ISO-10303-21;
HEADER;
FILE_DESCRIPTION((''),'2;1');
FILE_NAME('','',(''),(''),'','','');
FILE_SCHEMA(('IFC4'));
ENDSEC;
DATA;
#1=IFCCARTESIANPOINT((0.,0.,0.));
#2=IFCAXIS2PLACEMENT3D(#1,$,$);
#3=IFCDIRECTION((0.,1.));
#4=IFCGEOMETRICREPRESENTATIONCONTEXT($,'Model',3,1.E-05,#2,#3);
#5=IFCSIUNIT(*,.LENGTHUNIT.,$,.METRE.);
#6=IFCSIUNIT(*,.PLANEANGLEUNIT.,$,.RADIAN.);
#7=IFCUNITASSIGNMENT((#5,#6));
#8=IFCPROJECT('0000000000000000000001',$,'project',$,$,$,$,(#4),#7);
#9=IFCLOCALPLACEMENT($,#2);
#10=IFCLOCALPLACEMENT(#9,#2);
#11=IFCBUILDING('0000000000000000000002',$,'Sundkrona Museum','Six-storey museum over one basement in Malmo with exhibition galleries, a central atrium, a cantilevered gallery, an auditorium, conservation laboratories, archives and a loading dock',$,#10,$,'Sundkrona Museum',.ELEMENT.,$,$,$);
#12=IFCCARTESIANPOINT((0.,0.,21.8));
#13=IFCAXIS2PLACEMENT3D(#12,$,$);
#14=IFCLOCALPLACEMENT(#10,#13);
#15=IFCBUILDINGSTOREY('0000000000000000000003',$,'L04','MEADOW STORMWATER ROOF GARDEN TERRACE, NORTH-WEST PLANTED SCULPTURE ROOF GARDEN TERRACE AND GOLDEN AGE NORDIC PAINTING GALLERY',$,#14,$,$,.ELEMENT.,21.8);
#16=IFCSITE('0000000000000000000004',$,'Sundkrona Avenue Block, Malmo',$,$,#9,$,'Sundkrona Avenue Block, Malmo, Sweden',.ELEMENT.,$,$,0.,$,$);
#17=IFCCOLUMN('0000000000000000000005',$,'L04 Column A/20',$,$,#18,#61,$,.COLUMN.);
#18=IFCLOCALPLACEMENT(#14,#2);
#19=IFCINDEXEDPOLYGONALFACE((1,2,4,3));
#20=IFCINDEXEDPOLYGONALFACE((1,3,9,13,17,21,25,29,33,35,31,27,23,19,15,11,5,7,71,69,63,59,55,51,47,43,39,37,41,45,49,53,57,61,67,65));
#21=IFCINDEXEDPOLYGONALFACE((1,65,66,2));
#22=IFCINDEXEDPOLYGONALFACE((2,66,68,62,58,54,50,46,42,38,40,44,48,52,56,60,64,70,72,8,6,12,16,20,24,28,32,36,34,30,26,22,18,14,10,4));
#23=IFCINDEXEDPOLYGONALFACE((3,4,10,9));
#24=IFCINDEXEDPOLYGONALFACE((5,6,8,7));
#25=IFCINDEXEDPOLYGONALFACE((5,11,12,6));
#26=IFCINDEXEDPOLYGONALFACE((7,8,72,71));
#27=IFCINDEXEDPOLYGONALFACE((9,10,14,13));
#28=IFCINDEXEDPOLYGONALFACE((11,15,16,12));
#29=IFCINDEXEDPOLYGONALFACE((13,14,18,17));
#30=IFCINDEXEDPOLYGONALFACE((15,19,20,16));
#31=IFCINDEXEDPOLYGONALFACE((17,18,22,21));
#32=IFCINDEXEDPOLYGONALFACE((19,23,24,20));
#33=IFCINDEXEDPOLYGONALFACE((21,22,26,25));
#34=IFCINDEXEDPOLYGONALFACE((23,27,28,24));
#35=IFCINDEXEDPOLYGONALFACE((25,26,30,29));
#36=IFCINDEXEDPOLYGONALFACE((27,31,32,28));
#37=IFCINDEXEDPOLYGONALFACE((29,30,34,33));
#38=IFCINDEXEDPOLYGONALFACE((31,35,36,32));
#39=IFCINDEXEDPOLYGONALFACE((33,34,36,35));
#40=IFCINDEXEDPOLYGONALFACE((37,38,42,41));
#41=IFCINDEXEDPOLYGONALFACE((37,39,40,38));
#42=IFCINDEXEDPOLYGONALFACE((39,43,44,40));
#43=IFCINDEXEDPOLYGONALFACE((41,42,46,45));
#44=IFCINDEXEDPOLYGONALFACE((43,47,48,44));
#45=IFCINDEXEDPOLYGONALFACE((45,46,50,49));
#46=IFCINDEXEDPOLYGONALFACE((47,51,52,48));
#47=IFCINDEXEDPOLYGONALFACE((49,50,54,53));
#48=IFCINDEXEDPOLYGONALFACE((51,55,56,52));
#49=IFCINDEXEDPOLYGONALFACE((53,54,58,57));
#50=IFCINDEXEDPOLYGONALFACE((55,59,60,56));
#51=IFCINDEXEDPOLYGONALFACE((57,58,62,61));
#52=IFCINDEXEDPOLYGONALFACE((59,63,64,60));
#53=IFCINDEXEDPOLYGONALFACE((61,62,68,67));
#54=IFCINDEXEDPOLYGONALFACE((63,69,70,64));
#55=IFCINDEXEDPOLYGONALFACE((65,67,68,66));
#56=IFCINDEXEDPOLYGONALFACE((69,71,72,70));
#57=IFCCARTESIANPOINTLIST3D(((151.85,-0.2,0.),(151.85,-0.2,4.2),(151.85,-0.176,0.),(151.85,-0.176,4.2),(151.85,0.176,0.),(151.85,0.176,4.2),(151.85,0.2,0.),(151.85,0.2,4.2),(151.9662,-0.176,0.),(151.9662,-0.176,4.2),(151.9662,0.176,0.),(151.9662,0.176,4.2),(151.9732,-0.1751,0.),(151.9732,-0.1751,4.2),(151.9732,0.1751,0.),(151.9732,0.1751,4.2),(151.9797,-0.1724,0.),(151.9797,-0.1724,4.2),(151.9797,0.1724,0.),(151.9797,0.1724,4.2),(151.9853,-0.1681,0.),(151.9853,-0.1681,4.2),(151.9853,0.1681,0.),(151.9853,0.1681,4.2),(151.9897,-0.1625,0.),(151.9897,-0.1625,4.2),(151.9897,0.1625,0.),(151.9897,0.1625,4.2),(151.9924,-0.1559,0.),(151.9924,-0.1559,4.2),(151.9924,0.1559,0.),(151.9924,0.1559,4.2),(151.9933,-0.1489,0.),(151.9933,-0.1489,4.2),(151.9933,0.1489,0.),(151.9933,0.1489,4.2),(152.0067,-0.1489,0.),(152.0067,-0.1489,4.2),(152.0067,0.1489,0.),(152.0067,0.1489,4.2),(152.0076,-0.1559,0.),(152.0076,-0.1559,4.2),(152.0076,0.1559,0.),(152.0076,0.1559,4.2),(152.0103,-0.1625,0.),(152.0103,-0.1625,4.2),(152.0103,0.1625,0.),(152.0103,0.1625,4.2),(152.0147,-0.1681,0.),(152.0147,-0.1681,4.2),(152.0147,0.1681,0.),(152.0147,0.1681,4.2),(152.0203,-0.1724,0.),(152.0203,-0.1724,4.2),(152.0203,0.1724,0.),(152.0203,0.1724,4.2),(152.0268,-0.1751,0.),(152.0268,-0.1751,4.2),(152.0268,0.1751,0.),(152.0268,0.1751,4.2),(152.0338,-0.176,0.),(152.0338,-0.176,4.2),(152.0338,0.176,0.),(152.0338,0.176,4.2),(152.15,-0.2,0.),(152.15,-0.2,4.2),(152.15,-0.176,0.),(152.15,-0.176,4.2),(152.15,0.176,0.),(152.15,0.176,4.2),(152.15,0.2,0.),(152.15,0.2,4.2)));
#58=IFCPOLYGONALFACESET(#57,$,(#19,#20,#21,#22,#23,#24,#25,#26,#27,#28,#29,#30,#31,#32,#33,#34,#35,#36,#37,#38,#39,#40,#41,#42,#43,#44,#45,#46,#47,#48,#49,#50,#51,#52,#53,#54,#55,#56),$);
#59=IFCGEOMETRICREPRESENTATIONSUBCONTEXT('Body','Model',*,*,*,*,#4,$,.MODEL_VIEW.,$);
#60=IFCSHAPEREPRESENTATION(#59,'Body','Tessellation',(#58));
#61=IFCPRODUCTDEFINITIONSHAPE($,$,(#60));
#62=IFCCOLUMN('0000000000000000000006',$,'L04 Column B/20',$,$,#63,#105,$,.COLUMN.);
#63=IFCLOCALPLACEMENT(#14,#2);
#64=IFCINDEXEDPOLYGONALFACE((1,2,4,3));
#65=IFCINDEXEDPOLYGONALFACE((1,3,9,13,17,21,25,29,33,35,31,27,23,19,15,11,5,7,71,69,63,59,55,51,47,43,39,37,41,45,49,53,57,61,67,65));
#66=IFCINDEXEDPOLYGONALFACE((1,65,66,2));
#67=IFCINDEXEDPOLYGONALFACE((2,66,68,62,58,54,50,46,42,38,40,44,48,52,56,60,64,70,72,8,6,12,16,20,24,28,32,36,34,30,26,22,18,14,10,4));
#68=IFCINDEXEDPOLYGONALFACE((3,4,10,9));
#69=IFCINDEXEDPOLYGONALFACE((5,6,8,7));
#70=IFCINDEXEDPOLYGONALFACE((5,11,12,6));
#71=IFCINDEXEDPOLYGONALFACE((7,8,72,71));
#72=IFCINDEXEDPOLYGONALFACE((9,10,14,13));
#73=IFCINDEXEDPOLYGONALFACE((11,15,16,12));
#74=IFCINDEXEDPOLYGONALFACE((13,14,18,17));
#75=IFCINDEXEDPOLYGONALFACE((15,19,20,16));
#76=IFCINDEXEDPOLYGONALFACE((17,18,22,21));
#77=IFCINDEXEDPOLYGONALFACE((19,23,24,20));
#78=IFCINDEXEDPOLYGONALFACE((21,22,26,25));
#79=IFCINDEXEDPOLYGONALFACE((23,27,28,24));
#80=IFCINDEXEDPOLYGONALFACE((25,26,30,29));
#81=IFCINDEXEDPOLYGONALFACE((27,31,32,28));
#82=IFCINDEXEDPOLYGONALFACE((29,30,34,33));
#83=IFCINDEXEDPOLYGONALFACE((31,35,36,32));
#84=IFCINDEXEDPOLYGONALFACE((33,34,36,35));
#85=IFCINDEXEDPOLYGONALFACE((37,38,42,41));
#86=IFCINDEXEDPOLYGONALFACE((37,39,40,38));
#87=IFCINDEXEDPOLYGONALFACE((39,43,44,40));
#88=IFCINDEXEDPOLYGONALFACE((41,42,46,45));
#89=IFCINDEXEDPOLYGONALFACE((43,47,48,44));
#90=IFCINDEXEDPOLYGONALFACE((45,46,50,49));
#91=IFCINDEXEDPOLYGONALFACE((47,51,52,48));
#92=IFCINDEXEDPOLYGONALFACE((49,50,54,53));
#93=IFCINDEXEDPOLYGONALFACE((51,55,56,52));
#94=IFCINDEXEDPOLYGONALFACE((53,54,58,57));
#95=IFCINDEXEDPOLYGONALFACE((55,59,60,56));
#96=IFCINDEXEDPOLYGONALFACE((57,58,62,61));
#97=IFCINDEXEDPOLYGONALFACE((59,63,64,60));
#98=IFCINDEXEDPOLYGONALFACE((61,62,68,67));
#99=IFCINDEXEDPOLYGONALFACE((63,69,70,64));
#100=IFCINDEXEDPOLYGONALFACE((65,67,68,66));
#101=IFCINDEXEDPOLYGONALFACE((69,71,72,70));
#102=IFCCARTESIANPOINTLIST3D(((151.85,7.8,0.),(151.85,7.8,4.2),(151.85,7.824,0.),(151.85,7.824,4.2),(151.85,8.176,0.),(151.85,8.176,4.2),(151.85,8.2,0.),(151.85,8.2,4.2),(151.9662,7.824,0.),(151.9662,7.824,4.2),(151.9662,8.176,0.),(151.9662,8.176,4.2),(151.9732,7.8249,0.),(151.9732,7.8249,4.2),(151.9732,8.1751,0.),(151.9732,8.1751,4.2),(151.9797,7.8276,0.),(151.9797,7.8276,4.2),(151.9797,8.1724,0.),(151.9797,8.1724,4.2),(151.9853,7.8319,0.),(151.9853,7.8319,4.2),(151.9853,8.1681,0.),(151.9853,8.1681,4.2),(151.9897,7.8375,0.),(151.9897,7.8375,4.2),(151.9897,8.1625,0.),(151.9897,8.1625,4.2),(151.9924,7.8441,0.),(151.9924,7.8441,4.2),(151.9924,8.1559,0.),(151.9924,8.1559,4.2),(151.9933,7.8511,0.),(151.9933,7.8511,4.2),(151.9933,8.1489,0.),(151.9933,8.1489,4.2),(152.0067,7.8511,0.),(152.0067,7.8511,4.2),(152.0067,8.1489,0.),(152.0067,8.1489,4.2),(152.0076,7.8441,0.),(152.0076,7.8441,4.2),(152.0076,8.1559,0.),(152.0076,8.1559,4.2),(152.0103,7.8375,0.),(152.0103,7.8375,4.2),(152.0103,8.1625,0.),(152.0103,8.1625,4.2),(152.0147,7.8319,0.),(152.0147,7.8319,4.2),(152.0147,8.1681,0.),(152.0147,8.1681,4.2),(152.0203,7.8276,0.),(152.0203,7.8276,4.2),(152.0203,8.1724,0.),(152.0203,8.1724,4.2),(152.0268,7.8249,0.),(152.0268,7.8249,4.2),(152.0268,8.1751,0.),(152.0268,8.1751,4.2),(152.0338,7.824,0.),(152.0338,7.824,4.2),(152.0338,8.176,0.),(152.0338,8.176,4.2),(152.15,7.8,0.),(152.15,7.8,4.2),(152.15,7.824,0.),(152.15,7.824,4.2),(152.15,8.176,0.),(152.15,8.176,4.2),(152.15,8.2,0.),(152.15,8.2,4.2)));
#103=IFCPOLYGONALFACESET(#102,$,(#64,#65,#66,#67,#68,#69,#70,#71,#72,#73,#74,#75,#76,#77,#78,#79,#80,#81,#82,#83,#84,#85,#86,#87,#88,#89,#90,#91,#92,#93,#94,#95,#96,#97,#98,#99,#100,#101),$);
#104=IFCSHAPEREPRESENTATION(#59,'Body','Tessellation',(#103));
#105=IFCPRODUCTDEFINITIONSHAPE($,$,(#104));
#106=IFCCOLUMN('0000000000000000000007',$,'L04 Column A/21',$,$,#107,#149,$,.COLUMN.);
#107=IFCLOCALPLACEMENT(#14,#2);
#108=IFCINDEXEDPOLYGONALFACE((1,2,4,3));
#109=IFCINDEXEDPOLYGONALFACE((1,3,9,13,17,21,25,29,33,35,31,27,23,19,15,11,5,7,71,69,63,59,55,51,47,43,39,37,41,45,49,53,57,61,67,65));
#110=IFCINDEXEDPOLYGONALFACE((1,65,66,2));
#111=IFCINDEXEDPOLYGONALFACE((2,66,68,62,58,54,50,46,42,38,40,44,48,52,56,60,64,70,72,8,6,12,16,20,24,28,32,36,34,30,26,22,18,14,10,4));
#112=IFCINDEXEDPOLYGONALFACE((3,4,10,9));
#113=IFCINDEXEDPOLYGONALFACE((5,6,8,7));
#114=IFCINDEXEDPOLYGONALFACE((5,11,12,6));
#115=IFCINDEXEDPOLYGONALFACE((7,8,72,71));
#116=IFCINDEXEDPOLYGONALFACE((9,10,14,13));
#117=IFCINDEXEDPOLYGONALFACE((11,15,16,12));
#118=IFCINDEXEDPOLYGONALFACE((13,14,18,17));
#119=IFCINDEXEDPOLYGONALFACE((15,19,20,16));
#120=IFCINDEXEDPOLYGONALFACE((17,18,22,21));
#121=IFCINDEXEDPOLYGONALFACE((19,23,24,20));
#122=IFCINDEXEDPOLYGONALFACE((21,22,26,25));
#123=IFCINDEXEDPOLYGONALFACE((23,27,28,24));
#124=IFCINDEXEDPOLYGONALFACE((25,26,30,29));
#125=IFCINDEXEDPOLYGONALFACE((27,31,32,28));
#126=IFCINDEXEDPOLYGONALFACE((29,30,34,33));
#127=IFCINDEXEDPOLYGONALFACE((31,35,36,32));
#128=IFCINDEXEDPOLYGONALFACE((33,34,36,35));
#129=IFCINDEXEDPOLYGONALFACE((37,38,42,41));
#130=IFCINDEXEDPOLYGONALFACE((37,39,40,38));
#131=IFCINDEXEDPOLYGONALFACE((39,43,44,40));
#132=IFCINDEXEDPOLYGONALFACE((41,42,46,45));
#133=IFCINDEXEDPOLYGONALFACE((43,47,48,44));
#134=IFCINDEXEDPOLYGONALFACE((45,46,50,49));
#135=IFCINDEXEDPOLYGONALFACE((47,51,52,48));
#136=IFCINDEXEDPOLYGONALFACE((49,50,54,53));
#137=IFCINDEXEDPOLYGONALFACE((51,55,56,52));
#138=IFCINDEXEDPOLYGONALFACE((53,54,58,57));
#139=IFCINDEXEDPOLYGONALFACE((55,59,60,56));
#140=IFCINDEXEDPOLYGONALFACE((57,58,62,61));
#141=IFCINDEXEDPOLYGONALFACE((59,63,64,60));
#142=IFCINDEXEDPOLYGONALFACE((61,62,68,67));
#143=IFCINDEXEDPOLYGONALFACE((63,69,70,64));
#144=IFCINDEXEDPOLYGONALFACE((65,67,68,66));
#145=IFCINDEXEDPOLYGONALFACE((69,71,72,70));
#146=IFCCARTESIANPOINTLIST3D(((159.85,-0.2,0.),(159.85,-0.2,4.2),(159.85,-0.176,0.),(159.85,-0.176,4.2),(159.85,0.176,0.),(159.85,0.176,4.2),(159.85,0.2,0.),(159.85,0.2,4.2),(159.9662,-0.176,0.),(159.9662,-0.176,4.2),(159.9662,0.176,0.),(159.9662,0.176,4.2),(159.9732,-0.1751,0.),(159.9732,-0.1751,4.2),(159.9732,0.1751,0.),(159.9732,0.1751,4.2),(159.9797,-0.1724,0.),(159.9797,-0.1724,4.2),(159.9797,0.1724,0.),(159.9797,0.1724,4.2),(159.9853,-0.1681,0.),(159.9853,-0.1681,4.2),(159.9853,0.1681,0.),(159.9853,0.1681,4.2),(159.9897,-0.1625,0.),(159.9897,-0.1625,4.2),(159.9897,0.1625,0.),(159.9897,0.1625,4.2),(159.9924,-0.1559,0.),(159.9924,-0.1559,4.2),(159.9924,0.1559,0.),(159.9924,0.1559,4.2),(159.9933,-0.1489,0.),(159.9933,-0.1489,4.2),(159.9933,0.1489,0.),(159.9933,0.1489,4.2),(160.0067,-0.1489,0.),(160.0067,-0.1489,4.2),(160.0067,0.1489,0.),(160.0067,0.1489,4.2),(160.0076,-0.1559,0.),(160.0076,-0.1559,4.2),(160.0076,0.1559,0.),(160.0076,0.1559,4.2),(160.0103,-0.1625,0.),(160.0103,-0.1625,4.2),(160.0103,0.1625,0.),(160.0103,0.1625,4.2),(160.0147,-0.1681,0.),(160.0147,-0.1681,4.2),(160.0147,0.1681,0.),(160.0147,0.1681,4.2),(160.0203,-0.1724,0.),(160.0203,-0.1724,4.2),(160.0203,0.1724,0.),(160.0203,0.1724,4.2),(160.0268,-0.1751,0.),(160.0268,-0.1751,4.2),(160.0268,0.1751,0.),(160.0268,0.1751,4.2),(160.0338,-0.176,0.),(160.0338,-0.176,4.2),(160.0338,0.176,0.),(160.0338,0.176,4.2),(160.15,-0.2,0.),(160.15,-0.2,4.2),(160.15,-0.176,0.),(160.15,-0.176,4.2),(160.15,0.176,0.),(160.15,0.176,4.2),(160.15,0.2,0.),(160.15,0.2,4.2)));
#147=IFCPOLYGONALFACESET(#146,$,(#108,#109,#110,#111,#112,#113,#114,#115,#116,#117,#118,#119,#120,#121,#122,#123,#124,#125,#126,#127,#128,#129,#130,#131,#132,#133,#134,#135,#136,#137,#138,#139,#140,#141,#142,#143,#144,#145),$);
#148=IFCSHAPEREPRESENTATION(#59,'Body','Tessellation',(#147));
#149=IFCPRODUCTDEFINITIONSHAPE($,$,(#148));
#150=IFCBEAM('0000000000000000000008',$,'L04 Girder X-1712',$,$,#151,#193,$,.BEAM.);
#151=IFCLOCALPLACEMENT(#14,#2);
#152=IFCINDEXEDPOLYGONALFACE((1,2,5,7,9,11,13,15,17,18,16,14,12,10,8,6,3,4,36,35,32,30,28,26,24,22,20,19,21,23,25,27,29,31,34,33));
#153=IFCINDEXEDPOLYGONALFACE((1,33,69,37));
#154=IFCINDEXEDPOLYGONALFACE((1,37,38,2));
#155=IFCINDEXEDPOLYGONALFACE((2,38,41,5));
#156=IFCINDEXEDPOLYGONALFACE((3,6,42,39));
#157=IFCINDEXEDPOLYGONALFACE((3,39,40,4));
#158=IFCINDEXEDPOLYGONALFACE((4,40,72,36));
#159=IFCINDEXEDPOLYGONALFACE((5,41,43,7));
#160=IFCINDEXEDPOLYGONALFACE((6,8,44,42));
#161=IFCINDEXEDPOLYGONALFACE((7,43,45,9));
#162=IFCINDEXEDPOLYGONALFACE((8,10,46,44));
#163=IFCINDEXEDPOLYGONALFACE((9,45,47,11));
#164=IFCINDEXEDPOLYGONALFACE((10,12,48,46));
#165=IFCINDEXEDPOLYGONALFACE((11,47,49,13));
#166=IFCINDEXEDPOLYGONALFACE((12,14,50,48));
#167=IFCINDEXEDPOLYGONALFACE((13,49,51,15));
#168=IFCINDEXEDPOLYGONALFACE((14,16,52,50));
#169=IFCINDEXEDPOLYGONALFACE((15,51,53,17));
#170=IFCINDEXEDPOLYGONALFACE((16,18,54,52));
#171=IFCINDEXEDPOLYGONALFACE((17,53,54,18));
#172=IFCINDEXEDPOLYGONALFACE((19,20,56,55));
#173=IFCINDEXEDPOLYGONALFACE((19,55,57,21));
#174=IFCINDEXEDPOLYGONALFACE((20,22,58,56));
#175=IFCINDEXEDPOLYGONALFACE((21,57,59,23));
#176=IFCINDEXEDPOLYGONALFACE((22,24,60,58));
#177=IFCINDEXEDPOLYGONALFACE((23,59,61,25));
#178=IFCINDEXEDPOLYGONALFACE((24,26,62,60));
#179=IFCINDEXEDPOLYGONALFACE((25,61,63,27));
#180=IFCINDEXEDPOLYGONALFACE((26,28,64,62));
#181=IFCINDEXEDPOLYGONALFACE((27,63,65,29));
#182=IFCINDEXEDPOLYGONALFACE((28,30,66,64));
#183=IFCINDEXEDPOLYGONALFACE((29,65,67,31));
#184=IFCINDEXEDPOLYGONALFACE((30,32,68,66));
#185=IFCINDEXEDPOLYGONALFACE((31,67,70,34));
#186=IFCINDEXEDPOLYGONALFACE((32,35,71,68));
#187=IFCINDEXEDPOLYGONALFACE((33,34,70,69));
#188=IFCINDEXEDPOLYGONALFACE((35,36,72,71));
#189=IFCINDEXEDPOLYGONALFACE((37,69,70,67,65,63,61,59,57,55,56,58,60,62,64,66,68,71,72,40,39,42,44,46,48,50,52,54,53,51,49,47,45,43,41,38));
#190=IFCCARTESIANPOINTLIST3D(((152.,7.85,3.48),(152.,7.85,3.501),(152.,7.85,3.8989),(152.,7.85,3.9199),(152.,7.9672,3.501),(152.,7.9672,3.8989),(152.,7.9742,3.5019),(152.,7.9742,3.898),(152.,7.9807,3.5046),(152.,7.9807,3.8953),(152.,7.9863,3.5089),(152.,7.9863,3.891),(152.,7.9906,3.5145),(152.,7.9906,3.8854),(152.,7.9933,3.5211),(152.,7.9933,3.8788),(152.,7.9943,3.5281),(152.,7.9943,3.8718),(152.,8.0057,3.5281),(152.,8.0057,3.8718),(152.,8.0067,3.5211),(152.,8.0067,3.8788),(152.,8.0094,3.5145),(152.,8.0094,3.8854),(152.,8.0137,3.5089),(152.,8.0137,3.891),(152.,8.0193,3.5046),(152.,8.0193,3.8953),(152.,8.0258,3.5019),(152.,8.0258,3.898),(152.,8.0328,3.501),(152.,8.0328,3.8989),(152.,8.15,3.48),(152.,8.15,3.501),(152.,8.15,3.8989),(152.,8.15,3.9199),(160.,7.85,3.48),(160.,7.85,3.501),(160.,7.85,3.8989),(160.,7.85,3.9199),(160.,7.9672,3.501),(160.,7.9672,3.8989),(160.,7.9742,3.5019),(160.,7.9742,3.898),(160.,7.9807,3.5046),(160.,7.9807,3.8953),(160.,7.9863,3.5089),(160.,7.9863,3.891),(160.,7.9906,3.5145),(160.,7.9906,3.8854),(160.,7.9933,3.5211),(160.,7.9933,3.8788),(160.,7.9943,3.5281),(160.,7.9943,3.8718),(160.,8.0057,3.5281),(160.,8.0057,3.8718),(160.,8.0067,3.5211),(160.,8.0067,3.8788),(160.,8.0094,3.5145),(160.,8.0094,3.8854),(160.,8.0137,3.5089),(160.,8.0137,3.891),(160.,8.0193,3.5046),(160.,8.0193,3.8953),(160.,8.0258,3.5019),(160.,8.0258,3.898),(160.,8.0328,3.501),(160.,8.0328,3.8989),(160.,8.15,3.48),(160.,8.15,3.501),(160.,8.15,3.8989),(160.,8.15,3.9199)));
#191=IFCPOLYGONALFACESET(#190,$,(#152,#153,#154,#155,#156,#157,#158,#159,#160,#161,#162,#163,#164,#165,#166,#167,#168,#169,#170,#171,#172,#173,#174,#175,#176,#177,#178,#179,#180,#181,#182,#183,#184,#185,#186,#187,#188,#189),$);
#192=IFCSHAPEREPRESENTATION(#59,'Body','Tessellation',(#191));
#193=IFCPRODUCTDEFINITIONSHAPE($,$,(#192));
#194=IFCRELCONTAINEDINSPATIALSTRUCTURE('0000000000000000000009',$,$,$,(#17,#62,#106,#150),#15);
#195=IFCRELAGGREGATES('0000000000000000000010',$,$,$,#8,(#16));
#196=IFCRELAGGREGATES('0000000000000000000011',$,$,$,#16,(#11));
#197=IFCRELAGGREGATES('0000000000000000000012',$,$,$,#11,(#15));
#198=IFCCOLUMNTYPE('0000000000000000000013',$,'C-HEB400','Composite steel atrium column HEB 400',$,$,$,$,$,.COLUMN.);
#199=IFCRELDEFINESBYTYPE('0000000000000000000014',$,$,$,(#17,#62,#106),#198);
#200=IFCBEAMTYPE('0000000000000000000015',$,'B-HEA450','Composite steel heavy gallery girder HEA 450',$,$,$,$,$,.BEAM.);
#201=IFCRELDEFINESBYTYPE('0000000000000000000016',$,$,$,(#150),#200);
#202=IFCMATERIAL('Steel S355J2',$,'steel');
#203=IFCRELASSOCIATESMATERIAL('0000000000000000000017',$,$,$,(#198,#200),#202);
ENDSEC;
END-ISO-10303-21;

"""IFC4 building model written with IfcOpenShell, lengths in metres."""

from ifc_helpers import new_model, si_unit, direction, frame, origin, origin_2d, place, context, subcontext, project, spatial, i_section, extrude, material, material_profile, profile_set, type_object, element, save


model = new_model("IFC4")

# Units and contexts
model_context = context("Model", 3, precision=1e-05, world=origin(), true_north=direction((0.0, 1.0)))
body_context = subcontext(model_context, "Body", "Model", "MODEL_VIEW")
ifc_project = project(units=[si_unit("LENGTHUNIT", "METRE"), si_unit("PLANEANGLEUNIT", "RADIAN")], contexts=[model_context])

# Site, building, storey
site_placement = place(None, origin())
site = spatial("IfcSite", under=ifc_project, at=site_placement, Name="Sundkrona Avenue Block, Malmo", LongName="Sundkrona Avenue Block, Malmo, Sweden", CompositionType="ELEMENT", RefElevation=0.0)
building_placement = place(site_placement, origin())
building = spatial("IfcBuilding", under=site, at=building_placement, Name="Sundkrona Museum", Description="Six-storey museum over one basement in Malmo with exhibition galleries, a central atrium, a cantilevered gallery, an auditorium, conservation laboratories, archives and a loading dock", LongName="Sundkrona Museum", CompositionType="ELEMENT")
storey_placement = place(building_placement, frame((0.0, 0.0, 21.8)))
storey = spatial("IfcBuildingStorey", under=building, at=storey_placement, Name="L04", Description="MEADOW STORMWATER ROOF GARDEN TERRACE, NORTH-WEST PLANTED SCULPTURE ROOF GARDEN TERRACE AND GOLDEN AGE NORDIC PAINTING GALLERY", CompositionType="ELEMENT", Elevation=21.8)

# Columns
ifc_material_1 = material(Name="Steel S355J2", Category="steel")
ifc_material_profile_1 = material_profile(ifc_material_1, i_section(OverallWidth=0.3, OverallDepth=0.3999, WebThickness=0.0134, FlangeThickness=0.0239, FilletRadius=0.0271, at=origin_2d()), Name="HEB 400")
ifc_profile_set_1 = profile_set([ifc_material_profile_1], Name="Steel S355J2")
column_type = type_object("IfcColumnType", Name="C-HEB400", Description="Composite steel atrium column HEB 400", PredefinedType="COLUMN", material=ifc_profile_set_1)
for number, where, z_axis, x_axis, name in (
    (1, (152.0, 0.0, 0.0), (0.0, 0.0, 1.0), (1.0, 0.0, 0.0), "L04 Column A/20"),
    (2, (152.0, 8.0, 0.0), (0.0, 0.0, 1.0), (1.0, 0.0, 0.0), "L04 Column B/20"),
    (3, (160.0, 0.0, 0.0), (0.0, 0.0, 1.0), (1.0, 0.0, 0.0), "L04 Column A/21"),
):
    element("IfcColumn", number, at=place(storey_placement, frame(where, z_axis=z_axis, x_axis=x_axis)), inside=storey, type_object=column_type, Name=name, PredefinedType="COLUMN", context=body_context, shape_type="SweptSolid", body=[
        extrude(i_section(OverallWidth=0.3, OverallDepth=0.3999, WebThickness=0.0134, FlangeThickness=0.0239, FilletRadius=0.0271, at=origin_2d()), origin(), (0.0, 0.0, 1.0), 4.2),
    ])

# Beam
ifc_material_profile_2 = material_profile(ifc_material_1, i_section(OverallWidth=0.3, OverallDepth=0.4399, WebThickness=0.0115, FlangeThickness=0.021, FilletRadius=0.0271, at=origin_2d()), Name="HEA 450")
ifc_profile_set_2 = profile_set([ifc_material_profile_2], Name="Steel S355J2")
beam_type_1 = type_object("IfcBeamType", Name="B-HEA450", Description="Composite steel heavy gallery girder HEA 450", PredefinedType="BEAM", material=ifc_profile_set_2)
for number, where, z_axis, x_axis, name in (
    (4, (152.0, 8.0, 3.7), (1.0, 0.0, 0.0), (0.0, 1.0, 0.0), "L04 Girder X-1712"),
):
    element("IfcBeam", number, at=place(storey_placement, frame(where, z_axis=z_axis, x_axis=x_axis)), inside=storey, type_object=beam_type_1, Name=name, PredefinedType="BEAM", context=body_context, shape_type="SweptSolid", body=[
        extrude(i_section(OverallWidth=0.3, OverallDepth=0.4399, WebThickness=0.0115, FlangeThickness=0.021, FilletRadius=0.0271, at=origin_2d()), origin(), (0.0, 0.0, 1.0), 8.0),
    ])

save(model, "model.ifc")
